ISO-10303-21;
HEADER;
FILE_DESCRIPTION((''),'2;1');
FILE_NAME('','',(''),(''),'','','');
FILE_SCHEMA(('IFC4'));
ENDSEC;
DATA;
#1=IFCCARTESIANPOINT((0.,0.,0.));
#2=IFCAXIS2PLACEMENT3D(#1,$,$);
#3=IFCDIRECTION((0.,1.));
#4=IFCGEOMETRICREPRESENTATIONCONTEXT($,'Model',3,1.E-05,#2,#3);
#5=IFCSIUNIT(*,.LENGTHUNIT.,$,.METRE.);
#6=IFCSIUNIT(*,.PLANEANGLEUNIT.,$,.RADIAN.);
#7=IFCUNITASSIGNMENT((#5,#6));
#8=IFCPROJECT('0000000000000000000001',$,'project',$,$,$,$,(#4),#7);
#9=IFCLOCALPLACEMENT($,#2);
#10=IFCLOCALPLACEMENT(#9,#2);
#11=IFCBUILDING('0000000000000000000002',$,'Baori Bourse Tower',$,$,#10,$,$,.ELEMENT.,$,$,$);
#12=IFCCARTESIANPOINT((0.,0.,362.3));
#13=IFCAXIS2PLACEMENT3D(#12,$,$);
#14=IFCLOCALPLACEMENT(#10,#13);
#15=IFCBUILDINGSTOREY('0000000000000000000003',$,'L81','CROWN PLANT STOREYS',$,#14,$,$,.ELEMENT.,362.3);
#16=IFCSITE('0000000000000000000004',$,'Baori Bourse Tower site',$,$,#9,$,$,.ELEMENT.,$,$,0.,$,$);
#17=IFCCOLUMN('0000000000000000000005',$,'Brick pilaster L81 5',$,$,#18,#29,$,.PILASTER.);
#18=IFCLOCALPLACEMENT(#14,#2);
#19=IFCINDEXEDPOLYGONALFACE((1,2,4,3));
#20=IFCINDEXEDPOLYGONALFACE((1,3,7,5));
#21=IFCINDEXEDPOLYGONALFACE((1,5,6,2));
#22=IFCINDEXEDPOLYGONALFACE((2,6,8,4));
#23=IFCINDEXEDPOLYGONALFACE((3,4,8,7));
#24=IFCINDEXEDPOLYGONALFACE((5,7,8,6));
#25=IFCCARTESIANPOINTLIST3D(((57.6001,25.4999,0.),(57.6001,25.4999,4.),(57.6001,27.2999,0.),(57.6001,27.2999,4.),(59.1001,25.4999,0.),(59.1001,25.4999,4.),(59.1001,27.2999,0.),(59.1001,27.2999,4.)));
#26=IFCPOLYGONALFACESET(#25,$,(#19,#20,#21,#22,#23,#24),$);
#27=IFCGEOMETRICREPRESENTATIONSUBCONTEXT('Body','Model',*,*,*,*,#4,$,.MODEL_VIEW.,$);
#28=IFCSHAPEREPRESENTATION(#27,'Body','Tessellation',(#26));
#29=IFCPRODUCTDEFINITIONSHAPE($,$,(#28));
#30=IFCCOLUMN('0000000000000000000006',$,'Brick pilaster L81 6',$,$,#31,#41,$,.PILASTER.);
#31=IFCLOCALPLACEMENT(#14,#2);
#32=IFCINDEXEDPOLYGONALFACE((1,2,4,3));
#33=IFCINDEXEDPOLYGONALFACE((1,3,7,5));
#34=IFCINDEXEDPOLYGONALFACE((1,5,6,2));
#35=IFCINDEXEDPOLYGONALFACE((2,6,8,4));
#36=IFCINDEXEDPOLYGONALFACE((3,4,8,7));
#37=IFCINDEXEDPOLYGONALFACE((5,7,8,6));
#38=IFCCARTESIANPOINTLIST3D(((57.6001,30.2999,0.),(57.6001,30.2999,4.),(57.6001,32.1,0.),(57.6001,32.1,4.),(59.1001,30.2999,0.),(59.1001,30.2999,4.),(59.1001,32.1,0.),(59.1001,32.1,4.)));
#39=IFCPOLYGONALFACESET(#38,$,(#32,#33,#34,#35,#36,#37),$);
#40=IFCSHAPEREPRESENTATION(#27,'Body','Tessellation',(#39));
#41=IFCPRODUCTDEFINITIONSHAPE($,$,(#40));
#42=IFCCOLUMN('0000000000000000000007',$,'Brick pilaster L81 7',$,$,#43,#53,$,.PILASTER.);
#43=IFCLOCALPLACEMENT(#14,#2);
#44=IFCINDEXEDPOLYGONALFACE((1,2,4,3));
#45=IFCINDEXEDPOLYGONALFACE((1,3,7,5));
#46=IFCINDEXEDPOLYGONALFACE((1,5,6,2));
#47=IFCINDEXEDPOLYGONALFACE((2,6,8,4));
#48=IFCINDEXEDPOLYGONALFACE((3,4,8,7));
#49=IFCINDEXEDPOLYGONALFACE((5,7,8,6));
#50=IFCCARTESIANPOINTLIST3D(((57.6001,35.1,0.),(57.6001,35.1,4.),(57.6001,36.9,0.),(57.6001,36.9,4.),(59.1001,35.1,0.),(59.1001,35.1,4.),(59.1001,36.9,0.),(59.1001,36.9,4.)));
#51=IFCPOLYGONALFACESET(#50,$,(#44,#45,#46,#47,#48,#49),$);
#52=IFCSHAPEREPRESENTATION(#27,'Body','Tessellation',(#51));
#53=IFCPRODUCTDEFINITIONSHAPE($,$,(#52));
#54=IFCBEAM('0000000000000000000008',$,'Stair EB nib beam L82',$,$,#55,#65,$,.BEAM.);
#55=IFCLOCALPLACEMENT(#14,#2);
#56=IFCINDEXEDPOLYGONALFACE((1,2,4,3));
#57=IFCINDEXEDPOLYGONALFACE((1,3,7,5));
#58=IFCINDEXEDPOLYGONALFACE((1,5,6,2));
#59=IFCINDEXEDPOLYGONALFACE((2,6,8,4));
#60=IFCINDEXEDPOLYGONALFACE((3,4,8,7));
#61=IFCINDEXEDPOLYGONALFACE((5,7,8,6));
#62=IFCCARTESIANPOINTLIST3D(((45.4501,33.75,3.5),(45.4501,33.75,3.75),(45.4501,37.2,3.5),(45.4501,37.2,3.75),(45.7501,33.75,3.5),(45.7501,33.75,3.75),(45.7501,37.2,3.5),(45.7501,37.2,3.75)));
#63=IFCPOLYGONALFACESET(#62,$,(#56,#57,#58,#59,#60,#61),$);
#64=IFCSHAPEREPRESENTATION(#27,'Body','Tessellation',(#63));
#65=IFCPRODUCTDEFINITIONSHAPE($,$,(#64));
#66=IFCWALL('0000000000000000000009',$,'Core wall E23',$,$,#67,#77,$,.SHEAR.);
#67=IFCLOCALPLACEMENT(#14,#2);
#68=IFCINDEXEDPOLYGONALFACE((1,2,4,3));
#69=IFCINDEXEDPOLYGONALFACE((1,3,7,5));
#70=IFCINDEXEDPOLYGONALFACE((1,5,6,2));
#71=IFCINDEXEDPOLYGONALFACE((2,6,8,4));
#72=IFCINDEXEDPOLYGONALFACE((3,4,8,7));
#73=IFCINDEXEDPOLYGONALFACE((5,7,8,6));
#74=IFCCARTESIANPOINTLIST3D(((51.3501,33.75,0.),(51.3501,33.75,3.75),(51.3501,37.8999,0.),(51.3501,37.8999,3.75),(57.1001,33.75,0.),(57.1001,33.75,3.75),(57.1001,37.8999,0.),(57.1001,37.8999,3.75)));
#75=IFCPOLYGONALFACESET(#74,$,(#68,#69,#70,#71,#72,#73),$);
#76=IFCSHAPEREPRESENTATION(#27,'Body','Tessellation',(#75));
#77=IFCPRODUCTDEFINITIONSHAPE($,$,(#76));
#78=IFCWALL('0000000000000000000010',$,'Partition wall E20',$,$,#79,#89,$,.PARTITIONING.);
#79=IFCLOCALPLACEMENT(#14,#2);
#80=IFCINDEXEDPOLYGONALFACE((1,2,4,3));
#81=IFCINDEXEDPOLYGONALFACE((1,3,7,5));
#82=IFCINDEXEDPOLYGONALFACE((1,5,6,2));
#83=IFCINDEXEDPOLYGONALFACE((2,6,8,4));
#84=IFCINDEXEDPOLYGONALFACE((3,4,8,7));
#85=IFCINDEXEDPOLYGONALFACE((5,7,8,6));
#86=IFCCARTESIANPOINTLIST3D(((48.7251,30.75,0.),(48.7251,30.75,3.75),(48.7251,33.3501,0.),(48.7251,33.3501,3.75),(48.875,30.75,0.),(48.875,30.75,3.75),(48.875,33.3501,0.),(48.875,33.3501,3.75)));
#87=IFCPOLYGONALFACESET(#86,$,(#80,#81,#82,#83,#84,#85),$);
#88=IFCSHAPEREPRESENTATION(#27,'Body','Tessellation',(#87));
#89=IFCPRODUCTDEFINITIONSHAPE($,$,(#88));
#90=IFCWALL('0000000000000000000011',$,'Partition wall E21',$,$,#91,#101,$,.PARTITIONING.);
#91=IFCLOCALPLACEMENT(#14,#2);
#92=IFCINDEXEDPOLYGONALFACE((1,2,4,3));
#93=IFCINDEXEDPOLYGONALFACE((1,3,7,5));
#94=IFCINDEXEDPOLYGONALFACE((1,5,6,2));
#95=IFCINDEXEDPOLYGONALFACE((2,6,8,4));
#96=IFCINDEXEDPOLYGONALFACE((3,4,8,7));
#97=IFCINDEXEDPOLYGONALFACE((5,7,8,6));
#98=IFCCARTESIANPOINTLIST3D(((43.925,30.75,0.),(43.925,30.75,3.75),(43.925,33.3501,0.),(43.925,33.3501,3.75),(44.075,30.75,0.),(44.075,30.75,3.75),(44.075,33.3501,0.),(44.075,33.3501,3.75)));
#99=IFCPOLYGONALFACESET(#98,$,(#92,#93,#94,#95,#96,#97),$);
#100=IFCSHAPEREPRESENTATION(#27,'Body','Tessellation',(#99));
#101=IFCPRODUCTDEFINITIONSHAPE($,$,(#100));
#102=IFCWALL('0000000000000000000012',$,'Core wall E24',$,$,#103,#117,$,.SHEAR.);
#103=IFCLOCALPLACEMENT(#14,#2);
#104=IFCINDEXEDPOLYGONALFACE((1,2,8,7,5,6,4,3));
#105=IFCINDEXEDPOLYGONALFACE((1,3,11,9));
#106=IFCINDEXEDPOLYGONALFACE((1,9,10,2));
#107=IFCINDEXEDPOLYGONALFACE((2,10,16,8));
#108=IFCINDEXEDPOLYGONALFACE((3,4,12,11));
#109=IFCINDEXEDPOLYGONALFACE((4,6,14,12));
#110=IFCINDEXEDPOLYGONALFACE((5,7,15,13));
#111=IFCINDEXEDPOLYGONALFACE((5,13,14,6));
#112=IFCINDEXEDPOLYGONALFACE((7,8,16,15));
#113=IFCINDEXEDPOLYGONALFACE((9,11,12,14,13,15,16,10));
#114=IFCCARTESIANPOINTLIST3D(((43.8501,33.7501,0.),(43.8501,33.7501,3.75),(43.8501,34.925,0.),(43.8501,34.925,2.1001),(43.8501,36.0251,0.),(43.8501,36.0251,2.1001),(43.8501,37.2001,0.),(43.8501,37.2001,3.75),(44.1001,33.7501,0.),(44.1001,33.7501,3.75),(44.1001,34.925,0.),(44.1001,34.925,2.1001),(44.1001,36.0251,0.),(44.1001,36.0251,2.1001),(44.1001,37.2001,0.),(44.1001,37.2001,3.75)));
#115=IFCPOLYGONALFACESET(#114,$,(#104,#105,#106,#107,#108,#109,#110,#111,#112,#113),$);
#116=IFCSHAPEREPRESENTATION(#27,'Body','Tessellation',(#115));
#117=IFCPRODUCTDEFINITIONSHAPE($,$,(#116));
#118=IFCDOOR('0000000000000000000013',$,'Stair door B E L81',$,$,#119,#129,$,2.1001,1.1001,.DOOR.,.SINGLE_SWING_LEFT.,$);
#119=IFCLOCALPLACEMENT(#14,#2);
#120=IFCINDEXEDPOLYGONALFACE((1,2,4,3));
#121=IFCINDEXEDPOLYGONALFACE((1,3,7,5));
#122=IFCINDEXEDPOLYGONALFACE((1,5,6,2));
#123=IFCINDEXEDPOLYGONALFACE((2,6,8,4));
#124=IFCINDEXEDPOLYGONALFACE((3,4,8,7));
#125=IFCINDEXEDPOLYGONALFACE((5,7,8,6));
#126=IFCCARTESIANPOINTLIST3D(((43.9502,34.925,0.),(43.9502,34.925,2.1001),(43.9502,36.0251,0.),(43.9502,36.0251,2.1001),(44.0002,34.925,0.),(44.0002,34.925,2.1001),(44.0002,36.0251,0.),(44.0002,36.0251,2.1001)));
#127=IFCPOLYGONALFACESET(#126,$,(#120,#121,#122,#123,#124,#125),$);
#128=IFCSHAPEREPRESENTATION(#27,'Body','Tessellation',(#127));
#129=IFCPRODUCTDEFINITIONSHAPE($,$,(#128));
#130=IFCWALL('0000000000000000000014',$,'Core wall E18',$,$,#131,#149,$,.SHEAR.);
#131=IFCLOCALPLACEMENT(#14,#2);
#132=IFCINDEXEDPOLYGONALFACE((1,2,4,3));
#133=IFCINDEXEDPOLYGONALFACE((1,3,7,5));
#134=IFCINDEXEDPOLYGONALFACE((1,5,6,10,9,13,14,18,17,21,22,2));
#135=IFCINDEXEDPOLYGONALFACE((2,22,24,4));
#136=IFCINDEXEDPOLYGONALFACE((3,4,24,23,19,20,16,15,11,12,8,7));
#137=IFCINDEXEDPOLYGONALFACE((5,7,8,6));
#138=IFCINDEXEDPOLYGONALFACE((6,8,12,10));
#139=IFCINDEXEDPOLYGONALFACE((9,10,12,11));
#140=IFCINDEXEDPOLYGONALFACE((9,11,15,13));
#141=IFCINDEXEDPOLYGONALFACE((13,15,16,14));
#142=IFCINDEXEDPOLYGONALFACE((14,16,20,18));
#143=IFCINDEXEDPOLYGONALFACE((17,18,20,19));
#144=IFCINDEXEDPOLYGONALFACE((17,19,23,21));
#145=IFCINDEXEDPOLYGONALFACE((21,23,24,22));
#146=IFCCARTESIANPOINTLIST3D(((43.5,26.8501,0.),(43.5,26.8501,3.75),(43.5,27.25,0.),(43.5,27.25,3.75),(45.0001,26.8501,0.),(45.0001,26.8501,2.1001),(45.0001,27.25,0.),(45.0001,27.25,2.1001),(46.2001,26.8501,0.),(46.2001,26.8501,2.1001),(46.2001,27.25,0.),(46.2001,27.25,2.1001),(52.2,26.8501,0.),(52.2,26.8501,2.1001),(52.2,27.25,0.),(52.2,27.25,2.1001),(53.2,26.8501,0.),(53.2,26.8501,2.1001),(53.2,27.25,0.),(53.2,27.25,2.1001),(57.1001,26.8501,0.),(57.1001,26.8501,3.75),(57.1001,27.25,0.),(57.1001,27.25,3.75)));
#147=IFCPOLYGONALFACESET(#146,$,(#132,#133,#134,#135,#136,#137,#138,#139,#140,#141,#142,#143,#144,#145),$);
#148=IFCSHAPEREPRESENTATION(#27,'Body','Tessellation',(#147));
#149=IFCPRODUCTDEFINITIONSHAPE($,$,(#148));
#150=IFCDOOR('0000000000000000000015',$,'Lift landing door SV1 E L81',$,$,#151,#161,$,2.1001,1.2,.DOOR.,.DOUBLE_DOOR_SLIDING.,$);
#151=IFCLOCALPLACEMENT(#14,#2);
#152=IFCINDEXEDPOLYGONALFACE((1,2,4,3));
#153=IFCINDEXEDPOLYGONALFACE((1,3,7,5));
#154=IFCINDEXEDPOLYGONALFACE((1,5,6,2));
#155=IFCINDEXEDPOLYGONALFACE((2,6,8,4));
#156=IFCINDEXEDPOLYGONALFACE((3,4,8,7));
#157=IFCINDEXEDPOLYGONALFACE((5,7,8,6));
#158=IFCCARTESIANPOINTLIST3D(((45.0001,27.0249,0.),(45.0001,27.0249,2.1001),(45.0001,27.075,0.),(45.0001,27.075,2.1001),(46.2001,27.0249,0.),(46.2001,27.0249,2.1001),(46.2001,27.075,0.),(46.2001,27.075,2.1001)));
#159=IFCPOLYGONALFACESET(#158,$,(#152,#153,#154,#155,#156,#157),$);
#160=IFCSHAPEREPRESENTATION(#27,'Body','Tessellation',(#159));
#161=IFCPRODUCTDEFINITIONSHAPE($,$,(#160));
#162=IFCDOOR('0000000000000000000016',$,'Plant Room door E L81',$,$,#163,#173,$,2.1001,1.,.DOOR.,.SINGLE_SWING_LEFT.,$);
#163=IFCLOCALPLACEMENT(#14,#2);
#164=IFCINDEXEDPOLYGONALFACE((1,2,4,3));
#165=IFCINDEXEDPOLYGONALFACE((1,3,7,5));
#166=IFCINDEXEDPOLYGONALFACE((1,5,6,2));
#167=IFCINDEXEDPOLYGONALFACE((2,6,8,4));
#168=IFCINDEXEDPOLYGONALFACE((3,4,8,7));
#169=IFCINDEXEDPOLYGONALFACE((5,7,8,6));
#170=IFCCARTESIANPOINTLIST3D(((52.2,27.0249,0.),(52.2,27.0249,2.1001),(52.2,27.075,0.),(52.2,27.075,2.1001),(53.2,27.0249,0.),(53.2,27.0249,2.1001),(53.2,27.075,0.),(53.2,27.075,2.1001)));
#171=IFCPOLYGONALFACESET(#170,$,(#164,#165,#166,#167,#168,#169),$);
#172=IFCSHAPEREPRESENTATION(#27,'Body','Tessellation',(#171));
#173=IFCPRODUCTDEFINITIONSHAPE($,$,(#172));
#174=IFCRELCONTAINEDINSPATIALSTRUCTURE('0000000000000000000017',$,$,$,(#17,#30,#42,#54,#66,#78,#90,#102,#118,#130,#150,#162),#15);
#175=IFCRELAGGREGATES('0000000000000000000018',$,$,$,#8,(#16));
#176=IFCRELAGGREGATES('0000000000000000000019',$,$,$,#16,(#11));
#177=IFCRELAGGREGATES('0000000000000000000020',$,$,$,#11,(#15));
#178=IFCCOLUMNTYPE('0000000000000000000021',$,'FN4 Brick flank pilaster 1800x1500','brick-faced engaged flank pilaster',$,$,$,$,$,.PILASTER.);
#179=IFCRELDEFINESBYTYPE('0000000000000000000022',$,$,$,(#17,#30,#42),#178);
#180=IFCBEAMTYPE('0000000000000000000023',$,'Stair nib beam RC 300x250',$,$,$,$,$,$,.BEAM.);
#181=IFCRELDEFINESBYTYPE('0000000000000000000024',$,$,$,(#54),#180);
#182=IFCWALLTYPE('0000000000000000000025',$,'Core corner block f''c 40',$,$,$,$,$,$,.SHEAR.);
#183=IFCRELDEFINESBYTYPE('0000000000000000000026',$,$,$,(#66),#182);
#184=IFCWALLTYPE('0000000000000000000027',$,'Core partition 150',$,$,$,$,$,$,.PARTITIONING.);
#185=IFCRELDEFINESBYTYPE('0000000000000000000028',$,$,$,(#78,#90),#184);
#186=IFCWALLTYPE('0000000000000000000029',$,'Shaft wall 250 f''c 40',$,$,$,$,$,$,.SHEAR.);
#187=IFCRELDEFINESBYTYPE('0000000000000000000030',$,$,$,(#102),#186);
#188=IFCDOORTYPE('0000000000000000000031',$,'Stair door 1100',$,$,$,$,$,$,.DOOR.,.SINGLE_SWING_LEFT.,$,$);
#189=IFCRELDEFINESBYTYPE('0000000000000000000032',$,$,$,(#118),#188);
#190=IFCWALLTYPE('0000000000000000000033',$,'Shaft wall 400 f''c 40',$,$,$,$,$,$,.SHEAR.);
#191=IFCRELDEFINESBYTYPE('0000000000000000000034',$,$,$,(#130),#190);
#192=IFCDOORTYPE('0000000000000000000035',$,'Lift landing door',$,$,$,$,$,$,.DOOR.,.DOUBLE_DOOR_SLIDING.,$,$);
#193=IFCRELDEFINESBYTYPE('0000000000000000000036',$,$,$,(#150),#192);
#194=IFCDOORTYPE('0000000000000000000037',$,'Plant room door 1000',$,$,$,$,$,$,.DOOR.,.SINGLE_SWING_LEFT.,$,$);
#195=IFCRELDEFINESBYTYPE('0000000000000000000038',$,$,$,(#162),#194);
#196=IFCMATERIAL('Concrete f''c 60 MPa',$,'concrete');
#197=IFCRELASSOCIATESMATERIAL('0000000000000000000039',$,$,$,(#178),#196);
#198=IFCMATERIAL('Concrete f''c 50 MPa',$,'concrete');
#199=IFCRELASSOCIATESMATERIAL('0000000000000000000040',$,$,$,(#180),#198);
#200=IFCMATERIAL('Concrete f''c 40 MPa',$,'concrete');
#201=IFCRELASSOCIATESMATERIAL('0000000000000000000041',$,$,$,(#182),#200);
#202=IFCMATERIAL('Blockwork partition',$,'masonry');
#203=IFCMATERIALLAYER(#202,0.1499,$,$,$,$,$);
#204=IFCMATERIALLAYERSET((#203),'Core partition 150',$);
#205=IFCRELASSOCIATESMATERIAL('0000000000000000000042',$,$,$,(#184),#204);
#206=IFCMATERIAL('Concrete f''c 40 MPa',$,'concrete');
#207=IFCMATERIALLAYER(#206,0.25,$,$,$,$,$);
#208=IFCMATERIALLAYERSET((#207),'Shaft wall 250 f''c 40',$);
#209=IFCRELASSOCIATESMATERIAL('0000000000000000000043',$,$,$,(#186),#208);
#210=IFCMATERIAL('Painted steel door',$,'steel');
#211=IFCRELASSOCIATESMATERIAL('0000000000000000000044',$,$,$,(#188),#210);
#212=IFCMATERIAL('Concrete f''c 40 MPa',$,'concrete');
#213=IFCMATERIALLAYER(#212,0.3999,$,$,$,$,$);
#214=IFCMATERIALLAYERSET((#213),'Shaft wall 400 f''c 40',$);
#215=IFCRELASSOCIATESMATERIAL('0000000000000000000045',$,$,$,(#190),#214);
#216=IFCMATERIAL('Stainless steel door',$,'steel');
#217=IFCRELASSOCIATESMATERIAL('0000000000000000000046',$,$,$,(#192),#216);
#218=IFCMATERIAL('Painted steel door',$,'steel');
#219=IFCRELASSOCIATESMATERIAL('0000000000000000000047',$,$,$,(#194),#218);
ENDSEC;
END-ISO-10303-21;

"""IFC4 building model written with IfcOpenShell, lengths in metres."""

from ifc_helpers import new_model, si_unit, direction, frame, frame_2d, origin, origin_2d, place, context, subcontext, project, spatial, rectangle, extrude, material, layer, layer_set, material_profile, profile_set, type_object, element, fill, save


model = new_model("IFC4")

# Units and contexts
model_context = context("Model", 3, precision=1e-05, world=origin(), true_north=direction((0.0, 1.0)))
body_context = subcontext(model_context, "Body", "Model", "MODEL_VIEW")
ifc_project = project(units=[si_unit("LENGTHUNIT", "METRE"), si_unit("PLANEANGLEUNIT", "RADIAN")], contexts=[model_context])

# Site, building, storey
site_placement = place(None, origin())
site = spatial("IfcSite", under=ifc_project, at=site_placement, Name="Baori Bourse Tower site", CompositionType="ELEMENT", RefElevation=0.0)
building_placement = place(site_placement, origin())
building = spatial("IfcBuilding", under=site, at=building_placement, Name="Baori Bourse Tower", CompositionType="ELEMENT")
storey_placement = place(building_placement, frame((0.0, 0.0, 362.3)))
storey = spatial("IfcBuildingStorey", under=building, at=storey_placement, Name="L81", Description="CROWN PLANT STOREYS", CompositionType="ELEMENT", Elevation=362.3)

# Columns
ifc_material_1 = material(Name="Concrete f'c 60 MPa", Category="concrete")
ifc_material_profile_1 = material_profile(ifc_material_1, rectangle(XDim=1.8, YDim=1.5, at=origin_2d()), Name="RC 1800x1500")
ifc_profile_set_1 = profile_set([ifc_material_profile_1], Name="Concrete f'c 60 MPa")
column_type = type_object("IfcColumnType", Name="FN4 Brick flank pilaster 1800x1500", Description="brick-faced engaged flank pilaster", PredefinedType="PILASTER", material=ifc_profile_set_1)
for number, where, z_axis, x_axis, name in (
    (1, (58.3501, 26.3999, 0.0), (0.0, 0.0, 1.0), (0.0, 1.0, 0.0), "Brick pilaster L81 5"),
    (2, (58.3501, 31.2, 0.0), (0.0, 0.0, 1.0), (0.0, 1.0, 0.0), "Brick pilaster L81 6"),
    (3, (58.3501, 36.0, 0.0), (0.0, 0.0, 1.0), (0.0, 1.0, 0.0), "Brick pilaster L81 7"),
):
    element("IfcColumn", number, at=place(storey_placement, frame(where, z_axis=z_axis, x_axis=x_axis)), inside=storey, type_object=column_type, Name=name, PredefinedType="PILASTER", context=body_context, shape_type="SweptSolid", body=[
        extrude(rectangle(XDim=1.8, YDim=1.5, at=origin_2d()), origin(), (0.0, 0.0, 1.0), 4.0),
    ])

# Beam
ifc_material_2 = material(Name="Concrete f'c 50 MPa", Category="concrete")
ifc_material_profile_2 = material_profile(ifc_material_2, rectangle(XDim=0.3, YDim=0.25, at=origin_2d()), Name="RC 300x250")
ifc_profile_set_2 = profile_set([ifc_material_profile_2], Name="Concrete f'c 50 MPa")
beam_type = type_object("IfcBeamType", Name="Stair nib beam RC 300x250", PredefinedType="BEAM", material=ifc_profile_set_2)
beam_placement = place(storey_placement, frame((45.6001, 33.75, 3.625), z_axis=(0.0, 1.0, 0.0), x_axis=(-1.0, 0.0, 0.0)))
element("IfcBeam", 4, at=beam_placement, inside=storey, type_object=beam_type, Name="Stair EB nib beam L82", PredefinedType="BEAM", context=body_context, shape_type="SweptSolid", body=[
    extrude(rectangle(XDim=0.3, YDim=0.25, at=origin_2d()), origin(), (0.0, 0.0, 1.0), 3.45),
])

# Walls
ifc_material_3 = material(Name="Concrete f'c 40 MPa", Category="concrete")
wall_type_1 = type_object("IfcWallType", Name="Core corner block f'c 40", PredefinedType="SHEAR", material=ifc_material_3)
wall_1_placement = place(storey_placement, frame((51.3501, 35.825, 0.0), z_axis=(0.0, 0.0, 1.0), x_axis=(1.0, 0.0, 0.0)))
element("IfcWall", 5, at=wall_1_placement, inside=storey, type_object=wall_type_1, Name="Core wall E23", PredefinedType="SHEAR", context=body_context, shape_type="SweptSolid", body=[
    extrude(rectangle(XDim=5.75, YDim=4.1499, at=frame_2d((2.875, 0.0))), origin(), (0.0, 0.0, 1.0), 3.75),
])
ifc_material_4 = material(Name="Blockwork partition", Category="masonry")
ifc_layer_1 = layer(ifc_material_4, 0.1499)
ifc_layer_set_1 = layer_set([ifc_layer_1], Name="Core partition 150")
wall_type_2 = type_object("IfcWallType", Name="Core partition 150", PredefinedType="PARTITIONING", material=ifc_layer_set_1)
for number, where, z_axis, x_axis, name in (
    (6, (48.8, 30.75, 0.0), (0.0, 0.0, 1.0), (0.0, 1.0, 0.0), "Partition wall E20"),
    (7, (44.0, 30.75, 0.0), (0.0, 0.0, 1.0), (0.0, 1.0, 0.0), "Partition wall E21"),
):
    element("IfcWall", number, at=place(storey_placement, frame(where, z_axis=z_axis, x_axis=x_axis)), inside=storey, type_object=wall_type_2, Name=name, PredefinedType="PARTITIONING", context=body_context, shape_type="SweptSolid", body=[
        extrude(rectangle(XDim=2.6001, YDim=0.1499, at=frame_2d((1.3, 0.0))), origin(), (0.0, 0.0, 1.0), 3.75),
    ])

# Wall, opening, door
ifc_material_5 = material(Name="Concrete f'c 40 MPa", Category="concrete")
ifc_layer_2 = layer(ifc_material_5, 0.25)
ifc_layer_set_2 = layer_set([ifc_layer_2], Name="Shaft wall 250 f'c 40")
wall_type_3 = type_object("IfcWallType", Name="Shaft wall 250 f'c 40", PredefinedType="SHEAR", material=ifc_layer_set_2)
wall_2_placement = place(storey_placement, frame((43.9751, 33.75, 0.0), z_axis=(0.0, 0.0, 1.0), x_axis=(0.0, 1.0, 0.0)))
wall_2 = element("IfcWall", 8, at=wall_2_placement, inside=storey, type_object=wall_type_3, Name="Core wall E24", PredefinedType="SHEAR", context=body_context, shape_type="SweptSolid", body=[
    extrude(rectangle(XDim=3.45, YDim=0.25, at=frame_2d((1.7251, 0.0))), origin(), (0.0, 0.0, 1.0), 3.75),
])
opening_1_placement = place(wall_2_placement, frame((1.175, 0.0, 0.0)))
opening_1 = element("IfcOpeningElement", 9, at=opening_1_placement, cuts=wall_2, PredefinedType="OPENING", context=body_context, shape_type="SweptSolid", body=[
    extrude(rectangle(XDim=1.1001, YDim=2.1001, at=frame_2d((0.55, 1.05))), frame((0.0, 0.135, 0.0), z_axis=(0.0, -1.0, 0.0), x_axis=(1.0, 0.0, 0.0)), (0.0, 0.0, 1.0), 0.27),
])
ifc_material_6 = material(Name="Painted steel door", Category="steel")
door_type_1 = type_object("IfcDoorType", Name="Stair door 1100", OperationType="SINGLE_SWING_LEFT", PredefinedType="DOOR", material=ifc_material_6)
door_1_placement = place(opening_1_placement, origin())
door_1 = element("IfcDoor", 10, at=door_1_placement, inside=storey, type_object=door_type_1, Name="Stair door B E L81", OperationType="SINGLE_SWING_LEFT", OverallHeight=2.1001, OverallWidth=1.1001, PredefinedType="DOOR", context=body_context, shape_type="SweptSolid", body=[
    extrude(rectangle(XDim=1.1001, YDim=2.1001, at=frame_2d((0.55, 1.05))), frame((0.0, 0.0249, 0.0), z_axis=(0.0, -1.0, 0.0), x_axis=(1.0, 0.0, 0.0)), (0.0, 0.0, 1.0), 0.05),
])
fill(opening_1, door_1)

# Wall, openings, doors
ifc_material_7 = material(Name="Concrete f'c 40 MPa", Category="concrete")
ifc_layer_3 = layer(ifc_material_7, 0.3999)
ifc_layer_set_3 = layer_set([ifc_layer_3], Name="Shaft wall 400 f'c 40")
wall_type_4 = type_object("IfcWallType", Name="Shaft wall 400 f'c 40", PredefinedType="SHEAR", material=ifc_layer_set_3)
wall_3_placement = place(storey_placement, frame((43.5, 27.05, 0.0), z_axis=(0.0, 0.0, 1.0), x_axis=(1.0, 0.0, 0.0)))
wall_3 = element("IfcWall", 11, at=wall_3_placement, inside=storey, type_object=wall_type_4, Name="Core wall E18", PredefinedType="SHEAR", context=body_context, shape_type="SweptSolid", body=[
    extrude(rectangle(XDim=13.6001, YDim=0.3999, at=frame_2d((6.8, 0.0))), origin(), (0.0, 0.0, 1.0), 3.75),
])
opening_2_placement = place(wall_3_placement, frame((8.7, 0.0, 0.0)))
opening_2 = element("IfcOpeningElement", 12, at=opening_2_placement, cuts=wall_3, PredefinedType="OPENING", context=body_context, shape_type="SweptSolid", body=[
    extrude(rectangle(XDim=1.0, YDim=2.1001, at=frame_2d((0.5, 1.05))), frame((0.0, 0.21, 0.0), z_axis=(0.0, -1.0, 0.0), x_axis=(1.0, 0.0, 0.0)), (0.0, 0.0, 1.0), 0.4199),
])
opening_3_placement = place(wall_3_placement, frame((1.5, 0.0, 0.0)))
opening_3 = element("IfcOpeningElement", 13, at=opening_3_placement, cuts=wall_3, PredefinedType="OPENING", context=body_context, shape_type="SweptSolid", body=[
    extrude(rectangle(XDim=1.2, YDim=2.1001, at=frame_2d((0.6001, 1.05))), frame((0.0, 0.21, 0.0), z_axis=(0.0, -1.0, 0.0), x_axis=(1.0, 0.0, 0.0)), (0.0, 0.0, 1.0), 0.4199),
])
ifc_material_8 = material(Name="Stainless steel door", Category="steel")
door_type_2 = type_object("IfcDoorType", Name="Lift landing door", OperationType="DOUBLE_DOOR_SLIDING", PredefinedType="DOOR", material=ifc_material_8)
door_2_placement = place(opening_3_placement, origin())
door_2 = element("IfcDoor", 14, at=door_2_placement, inside=storey, type_object=door_type_2, Name="Lift landing door SV1 E L81", OperationType="DOUBLE_DOOR_SLIDING", OverallHeight=2.1001, OverallWidth=1.2, PredefinedType="DOOR", context=body_context, shape_type="SweptSolid", body=[
    extrude(rectangle(XDim=1.2, YDim=2.1001, at=frame_2d((0.6001, 1.05))), frame((0.0, 0.0249, 0.0), z_axis=(0.0, -1.0, 0.0), x_axis=(1.0, 0.0, 0.0)), (0.0, 0.0, 1.0), 0.05),
])
fill(opening_3, door_2)
ifc_material_9 = material(Name="Painted steel door", Category="steel")
door_type_3 = type_object("IfcDoorType", Name="Plant room door 1000", OperationType="SINGLE_SWING_LEFT", PredefinedType="DOOR", material=ifc_material_9)
door_3_placement = place(opening_2_placement, origin())
door_3 = element("IfcDoor", 15, at=door_3_placement, inside=storey, type_object=door_type_3, Name="Plant Room door E L81", OperationType="SINGLE_SWING_LEFT", OverallHeight=2.1001, OverallWidth=1.0, PredefinedType="DOOR", context=body_context, shape_type="SweptSolid", body=[
    extrude(rectangle(XDim=1.0, YDim=2.1001, at=frame_2d((0.5, 1.05))), frame((0.0, 0.0249, 0.0), z_axis=(0.0, -1.0, 0.0), x_axis=(1.0, 0.0, 0.0)), (0.0, 0.0, 1.0), 0.05),
])
fill(opening_2, door_3)

save(model, "model.ifc")
